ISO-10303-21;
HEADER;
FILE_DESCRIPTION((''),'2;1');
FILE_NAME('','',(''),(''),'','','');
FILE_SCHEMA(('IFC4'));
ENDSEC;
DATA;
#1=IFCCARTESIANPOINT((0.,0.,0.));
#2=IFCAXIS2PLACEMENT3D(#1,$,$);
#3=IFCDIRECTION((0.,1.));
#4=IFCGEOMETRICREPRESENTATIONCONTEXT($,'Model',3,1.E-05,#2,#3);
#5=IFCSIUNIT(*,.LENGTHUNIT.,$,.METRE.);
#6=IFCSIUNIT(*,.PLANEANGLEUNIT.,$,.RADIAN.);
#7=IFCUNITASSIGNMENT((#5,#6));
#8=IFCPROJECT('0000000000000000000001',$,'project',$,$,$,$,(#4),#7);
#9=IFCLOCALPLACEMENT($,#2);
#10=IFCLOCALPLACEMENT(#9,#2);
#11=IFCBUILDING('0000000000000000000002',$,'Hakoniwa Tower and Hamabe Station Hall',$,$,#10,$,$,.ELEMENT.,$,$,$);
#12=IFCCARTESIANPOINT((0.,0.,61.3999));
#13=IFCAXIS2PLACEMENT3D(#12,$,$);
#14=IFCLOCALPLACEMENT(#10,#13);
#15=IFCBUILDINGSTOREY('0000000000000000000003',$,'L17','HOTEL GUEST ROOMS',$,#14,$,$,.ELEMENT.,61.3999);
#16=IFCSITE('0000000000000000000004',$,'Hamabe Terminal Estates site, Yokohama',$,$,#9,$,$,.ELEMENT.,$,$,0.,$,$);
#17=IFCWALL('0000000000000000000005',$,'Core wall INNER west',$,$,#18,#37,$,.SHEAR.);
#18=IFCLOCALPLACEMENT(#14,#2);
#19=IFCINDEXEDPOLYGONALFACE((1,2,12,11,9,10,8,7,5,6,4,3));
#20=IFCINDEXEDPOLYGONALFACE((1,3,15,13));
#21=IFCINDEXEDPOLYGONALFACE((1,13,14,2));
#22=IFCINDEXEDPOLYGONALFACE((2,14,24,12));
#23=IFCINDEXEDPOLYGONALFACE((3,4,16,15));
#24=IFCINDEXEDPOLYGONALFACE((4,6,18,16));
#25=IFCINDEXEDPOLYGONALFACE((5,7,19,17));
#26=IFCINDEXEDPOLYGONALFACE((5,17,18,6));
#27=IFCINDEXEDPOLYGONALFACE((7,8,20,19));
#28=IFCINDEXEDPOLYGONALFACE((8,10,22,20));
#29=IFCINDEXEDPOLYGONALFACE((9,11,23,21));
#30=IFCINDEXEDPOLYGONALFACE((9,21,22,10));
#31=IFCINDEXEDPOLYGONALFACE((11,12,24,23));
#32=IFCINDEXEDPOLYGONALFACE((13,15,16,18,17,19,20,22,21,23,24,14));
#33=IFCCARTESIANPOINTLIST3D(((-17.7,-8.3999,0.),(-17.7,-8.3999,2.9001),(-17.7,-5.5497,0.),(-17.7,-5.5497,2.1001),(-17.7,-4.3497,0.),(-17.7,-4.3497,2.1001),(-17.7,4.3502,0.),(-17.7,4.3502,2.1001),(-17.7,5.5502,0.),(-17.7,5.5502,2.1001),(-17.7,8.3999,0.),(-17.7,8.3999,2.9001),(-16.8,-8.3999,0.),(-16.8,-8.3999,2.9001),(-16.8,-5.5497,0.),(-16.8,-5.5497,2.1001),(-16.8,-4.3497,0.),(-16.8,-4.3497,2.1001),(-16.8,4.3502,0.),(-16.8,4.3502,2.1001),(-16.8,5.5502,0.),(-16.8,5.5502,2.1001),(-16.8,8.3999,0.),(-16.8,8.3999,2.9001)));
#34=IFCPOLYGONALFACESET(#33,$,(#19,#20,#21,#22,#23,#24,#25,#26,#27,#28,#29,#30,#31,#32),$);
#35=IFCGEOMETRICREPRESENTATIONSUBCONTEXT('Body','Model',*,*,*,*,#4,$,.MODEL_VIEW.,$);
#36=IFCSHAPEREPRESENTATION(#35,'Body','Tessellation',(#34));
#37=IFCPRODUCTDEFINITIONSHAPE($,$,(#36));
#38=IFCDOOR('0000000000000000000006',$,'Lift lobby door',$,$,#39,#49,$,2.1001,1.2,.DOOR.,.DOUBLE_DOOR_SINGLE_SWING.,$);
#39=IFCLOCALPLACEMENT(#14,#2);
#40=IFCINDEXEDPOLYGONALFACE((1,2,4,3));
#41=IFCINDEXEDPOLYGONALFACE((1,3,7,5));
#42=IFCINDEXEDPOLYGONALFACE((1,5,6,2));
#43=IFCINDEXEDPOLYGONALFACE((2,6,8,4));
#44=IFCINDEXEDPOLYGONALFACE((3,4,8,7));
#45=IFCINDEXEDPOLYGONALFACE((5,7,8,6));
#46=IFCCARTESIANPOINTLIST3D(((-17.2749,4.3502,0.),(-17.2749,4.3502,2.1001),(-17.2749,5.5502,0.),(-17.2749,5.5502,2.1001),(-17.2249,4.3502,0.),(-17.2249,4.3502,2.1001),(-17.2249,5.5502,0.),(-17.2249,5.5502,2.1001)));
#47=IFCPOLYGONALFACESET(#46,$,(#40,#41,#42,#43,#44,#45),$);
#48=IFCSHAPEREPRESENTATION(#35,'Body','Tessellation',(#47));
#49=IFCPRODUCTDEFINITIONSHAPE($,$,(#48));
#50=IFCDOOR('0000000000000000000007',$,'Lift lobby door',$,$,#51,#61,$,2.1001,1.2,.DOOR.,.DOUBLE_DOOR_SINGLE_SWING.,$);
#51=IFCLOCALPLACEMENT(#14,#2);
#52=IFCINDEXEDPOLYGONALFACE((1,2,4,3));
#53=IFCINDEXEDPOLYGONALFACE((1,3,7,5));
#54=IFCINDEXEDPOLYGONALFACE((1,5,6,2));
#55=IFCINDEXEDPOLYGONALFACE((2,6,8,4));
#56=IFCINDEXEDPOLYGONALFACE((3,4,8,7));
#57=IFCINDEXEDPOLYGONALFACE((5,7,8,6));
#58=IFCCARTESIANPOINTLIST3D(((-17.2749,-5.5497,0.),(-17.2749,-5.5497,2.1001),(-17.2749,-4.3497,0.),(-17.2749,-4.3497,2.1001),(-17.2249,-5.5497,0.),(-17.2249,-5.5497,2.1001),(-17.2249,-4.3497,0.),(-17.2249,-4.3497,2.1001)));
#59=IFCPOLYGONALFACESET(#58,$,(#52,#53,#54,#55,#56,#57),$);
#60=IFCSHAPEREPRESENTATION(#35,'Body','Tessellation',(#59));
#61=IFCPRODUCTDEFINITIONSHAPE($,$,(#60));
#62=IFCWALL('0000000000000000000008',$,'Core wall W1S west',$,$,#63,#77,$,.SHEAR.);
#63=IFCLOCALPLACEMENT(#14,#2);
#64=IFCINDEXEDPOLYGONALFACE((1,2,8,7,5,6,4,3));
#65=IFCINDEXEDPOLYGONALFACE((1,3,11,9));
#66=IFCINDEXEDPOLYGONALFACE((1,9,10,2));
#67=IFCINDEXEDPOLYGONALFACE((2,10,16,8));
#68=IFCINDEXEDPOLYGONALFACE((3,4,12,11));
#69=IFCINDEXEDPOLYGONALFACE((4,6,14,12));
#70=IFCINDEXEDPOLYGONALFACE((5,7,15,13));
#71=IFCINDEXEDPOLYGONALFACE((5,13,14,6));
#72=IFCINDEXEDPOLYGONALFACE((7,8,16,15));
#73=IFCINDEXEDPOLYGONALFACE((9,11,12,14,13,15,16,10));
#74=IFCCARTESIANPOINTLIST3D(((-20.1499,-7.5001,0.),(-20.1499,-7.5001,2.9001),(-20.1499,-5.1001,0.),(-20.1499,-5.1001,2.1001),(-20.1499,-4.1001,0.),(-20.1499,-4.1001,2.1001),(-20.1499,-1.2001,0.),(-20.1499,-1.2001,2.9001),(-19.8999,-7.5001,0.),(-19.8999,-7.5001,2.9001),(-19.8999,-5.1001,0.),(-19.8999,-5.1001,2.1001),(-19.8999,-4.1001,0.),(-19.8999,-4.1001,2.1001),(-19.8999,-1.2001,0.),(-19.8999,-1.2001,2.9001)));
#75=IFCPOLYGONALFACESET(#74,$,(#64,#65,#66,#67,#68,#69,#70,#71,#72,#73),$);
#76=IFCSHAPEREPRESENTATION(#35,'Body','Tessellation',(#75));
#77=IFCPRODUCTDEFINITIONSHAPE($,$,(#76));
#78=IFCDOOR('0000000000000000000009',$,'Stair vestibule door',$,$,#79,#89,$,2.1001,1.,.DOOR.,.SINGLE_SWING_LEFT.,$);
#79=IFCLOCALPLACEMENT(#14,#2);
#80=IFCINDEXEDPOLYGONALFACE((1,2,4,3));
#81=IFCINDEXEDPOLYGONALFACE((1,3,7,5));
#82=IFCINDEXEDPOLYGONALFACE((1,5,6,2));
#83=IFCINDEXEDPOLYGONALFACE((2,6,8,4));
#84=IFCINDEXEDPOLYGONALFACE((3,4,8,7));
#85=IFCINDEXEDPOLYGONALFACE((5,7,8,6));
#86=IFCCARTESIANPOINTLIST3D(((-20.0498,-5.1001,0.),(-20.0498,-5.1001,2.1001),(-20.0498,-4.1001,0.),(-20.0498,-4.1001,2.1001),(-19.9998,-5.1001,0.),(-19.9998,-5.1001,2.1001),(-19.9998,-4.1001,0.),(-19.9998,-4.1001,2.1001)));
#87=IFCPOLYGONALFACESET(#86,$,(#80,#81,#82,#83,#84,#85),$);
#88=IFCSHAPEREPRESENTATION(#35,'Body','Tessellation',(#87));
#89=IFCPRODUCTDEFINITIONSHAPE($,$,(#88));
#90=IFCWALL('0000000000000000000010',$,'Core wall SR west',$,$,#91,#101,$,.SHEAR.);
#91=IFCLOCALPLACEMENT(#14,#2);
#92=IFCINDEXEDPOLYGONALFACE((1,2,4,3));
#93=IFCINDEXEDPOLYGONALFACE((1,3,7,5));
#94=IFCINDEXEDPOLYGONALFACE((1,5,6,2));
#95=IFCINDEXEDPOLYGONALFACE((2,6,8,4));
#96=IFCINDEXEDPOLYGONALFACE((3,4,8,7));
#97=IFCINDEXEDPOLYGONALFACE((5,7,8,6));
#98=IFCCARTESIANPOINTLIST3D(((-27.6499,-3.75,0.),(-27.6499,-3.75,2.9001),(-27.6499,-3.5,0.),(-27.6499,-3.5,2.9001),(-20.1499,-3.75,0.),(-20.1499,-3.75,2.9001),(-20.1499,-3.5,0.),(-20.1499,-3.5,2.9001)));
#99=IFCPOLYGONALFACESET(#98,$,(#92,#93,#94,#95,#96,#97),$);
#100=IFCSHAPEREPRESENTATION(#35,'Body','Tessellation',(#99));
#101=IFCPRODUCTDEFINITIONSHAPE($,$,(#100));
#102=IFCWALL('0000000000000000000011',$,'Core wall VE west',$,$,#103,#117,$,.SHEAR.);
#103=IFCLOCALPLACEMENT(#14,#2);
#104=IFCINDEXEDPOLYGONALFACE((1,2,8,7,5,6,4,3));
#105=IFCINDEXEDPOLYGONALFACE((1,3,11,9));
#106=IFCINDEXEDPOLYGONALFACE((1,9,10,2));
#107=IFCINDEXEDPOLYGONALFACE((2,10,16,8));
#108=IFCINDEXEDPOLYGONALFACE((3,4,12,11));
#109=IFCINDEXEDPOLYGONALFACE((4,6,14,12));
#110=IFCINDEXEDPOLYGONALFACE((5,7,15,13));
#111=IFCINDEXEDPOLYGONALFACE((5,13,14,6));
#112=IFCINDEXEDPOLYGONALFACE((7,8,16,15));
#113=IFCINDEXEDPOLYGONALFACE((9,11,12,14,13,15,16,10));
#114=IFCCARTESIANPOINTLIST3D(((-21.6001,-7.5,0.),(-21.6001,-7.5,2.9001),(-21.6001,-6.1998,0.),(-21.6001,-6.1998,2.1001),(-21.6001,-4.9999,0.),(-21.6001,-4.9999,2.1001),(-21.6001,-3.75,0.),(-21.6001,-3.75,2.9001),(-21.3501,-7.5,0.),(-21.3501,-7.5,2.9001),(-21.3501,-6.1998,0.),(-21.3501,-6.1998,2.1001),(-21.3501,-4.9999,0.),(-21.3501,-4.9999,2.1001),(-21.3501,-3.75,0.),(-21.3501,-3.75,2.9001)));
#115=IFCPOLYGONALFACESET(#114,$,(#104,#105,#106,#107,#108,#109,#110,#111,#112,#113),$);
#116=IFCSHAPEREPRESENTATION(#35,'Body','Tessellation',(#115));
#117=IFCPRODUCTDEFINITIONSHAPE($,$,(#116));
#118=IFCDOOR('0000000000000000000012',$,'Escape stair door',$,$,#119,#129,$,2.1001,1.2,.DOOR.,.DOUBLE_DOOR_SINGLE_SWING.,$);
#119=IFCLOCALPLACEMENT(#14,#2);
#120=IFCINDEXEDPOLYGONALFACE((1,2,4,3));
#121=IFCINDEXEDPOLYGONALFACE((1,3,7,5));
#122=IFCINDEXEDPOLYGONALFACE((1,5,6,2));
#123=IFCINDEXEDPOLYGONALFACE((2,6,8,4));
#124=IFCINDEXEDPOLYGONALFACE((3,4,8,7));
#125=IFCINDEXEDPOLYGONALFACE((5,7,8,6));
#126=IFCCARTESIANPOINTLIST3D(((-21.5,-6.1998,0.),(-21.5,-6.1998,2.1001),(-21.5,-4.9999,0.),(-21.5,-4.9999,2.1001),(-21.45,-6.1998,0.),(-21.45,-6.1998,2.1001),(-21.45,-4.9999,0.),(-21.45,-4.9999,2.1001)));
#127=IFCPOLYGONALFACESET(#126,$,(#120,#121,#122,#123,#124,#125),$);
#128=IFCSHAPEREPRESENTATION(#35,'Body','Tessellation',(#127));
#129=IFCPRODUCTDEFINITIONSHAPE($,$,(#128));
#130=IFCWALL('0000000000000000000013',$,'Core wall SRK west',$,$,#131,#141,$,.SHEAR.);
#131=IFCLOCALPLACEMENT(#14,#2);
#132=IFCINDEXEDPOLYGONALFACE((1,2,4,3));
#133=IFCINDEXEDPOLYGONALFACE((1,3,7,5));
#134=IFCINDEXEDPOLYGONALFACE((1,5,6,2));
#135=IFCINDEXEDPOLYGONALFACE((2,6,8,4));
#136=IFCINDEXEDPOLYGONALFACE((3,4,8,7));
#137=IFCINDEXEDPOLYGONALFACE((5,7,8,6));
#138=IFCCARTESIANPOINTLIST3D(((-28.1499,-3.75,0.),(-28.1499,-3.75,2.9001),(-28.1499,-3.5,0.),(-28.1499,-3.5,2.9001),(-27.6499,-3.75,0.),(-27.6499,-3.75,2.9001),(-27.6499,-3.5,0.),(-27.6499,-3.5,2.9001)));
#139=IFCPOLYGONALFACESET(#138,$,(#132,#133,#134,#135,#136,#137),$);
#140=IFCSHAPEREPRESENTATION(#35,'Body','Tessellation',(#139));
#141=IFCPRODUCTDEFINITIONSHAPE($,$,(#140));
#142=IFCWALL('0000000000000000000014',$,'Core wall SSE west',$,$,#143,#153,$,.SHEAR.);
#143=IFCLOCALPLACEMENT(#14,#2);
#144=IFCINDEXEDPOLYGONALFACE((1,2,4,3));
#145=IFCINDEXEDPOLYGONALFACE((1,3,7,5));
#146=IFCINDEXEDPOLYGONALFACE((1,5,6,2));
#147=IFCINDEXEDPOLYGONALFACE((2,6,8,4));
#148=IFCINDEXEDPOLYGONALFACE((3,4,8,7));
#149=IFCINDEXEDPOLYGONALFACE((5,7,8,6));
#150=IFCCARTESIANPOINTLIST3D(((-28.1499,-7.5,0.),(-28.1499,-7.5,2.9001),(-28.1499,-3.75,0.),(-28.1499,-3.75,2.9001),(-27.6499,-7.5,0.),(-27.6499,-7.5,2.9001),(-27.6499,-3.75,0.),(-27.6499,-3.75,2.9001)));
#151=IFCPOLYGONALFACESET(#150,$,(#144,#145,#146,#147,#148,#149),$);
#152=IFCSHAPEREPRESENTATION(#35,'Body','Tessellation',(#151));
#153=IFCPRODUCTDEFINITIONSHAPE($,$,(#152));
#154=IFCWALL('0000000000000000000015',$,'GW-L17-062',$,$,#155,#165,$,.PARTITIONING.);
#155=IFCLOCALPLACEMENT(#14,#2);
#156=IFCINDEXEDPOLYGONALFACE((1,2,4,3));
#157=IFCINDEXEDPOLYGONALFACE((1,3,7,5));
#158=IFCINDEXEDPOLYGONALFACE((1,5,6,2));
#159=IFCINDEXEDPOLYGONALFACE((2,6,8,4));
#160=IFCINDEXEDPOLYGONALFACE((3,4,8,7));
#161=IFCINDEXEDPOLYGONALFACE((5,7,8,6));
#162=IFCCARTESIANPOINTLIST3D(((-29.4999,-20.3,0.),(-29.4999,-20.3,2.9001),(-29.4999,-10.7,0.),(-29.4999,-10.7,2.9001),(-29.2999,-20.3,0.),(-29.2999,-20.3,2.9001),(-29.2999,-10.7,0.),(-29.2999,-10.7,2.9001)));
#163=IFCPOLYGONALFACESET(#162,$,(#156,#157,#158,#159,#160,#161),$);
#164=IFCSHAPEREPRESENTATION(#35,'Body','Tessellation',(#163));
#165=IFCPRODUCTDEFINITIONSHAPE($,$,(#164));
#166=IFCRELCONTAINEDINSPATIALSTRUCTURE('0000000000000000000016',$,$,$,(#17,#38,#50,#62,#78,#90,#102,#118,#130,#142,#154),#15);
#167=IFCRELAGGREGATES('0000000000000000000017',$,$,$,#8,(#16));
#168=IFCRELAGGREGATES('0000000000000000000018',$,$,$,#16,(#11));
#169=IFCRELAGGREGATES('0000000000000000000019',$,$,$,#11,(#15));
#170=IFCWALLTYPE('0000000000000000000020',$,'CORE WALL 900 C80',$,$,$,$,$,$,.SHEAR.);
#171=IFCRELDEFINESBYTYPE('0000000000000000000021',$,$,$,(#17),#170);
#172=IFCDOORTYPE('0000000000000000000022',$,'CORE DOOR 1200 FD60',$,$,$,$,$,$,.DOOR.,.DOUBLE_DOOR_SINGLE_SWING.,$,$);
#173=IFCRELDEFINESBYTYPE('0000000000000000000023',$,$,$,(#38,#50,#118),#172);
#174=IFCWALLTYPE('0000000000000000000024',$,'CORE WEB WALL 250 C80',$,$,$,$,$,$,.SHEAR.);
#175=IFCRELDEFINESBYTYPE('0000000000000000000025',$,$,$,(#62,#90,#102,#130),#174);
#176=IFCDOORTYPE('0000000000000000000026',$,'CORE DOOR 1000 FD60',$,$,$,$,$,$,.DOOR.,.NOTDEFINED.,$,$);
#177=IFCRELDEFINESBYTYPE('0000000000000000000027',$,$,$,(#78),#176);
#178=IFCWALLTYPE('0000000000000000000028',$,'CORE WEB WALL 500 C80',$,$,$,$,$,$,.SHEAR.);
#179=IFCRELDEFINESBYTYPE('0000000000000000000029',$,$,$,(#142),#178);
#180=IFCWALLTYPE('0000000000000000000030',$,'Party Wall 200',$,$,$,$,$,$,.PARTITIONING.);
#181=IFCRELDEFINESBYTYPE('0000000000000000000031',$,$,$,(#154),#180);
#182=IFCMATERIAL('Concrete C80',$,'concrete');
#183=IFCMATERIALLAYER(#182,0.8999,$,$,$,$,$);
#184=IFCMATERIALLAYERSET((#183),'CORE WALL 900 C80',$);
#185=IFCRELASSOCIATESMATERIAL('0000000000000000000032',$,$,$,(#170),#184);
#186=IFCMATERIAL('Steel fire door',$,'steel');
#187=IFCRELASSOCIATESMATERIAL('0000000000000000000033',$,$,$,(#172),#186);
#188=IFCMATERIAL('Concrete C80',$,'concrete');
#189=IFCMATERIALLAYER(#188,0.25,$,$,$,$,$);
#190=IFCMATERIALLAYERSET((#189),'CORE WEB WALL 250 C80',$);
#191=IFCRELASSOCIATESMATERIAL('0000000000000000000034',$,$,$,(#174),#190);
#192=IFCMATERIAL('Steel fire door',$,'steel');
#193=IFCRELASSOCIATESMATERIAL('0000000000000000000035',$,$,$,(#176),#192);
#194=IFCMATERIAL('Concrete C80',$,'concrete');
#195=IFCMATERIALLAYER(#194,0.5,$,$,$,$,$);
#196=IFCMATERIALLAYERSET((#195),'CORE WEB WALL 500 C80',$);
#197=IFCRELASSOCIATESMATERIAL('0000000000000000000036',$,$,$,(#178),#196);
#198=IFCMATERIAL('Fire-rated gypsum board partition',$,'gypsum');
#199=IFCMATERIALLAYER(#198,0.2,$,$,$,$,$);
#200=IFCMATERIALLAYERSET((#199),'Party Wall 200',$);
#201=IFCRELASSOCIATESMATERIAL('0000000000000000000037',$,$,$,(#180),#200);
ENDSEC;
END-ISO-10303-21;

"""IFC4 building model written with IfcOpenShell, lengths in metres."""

from ifc_helpers import new_model, si_unit, direction, frame, frame_2d, origin, place, context, subcontext, project, spatial, rectangle, extrude, material, layer, layer_set, type_object, element, fill, save


model = new_model("IFC4")

# Units and contexts
model_context = context("Model", 3, precision=1e-05, world=origin(), true_north=direction((0.0, 1.0)))
body_context = subcontext(model_context, "Body", "Model", "MODEL_VIEW")
ifc_project = project(units=[si_unit("LENGTHUNIT", "METRE"), si_unit("PLANEANGLEUNIT", "RADIAN")], contexts=[model_context])

# Site, building, storey
site_placement = place(None, origin())
site = spatial("IfcSite", under=ifc_project, at=site_placement, Name="Hamabe Terminal Estates site, Yokohama", CompositionType="ELEMENT", RefElevation=0.0)
building_placement = place(site_placement, origin())
building = spatial("IfcBuilding", under=site, at=building_placement, Name="Hakoniwa Tower and Hamabe Station Hall", CompositionType="ELEMENT")
storey_placement = place(building_placement, frame((0.0, 0.0, 61.3999)))
storey = spatial("IfcBuildingStorey", under=building, at=storey_placement, Name="L17", Description="HOTEL GUEST ROOMS", CompositionType="ELEMENT", Elevation=61.3999)

# Wall, openings, doors
ifc_material_1 = material(Name="Concrete C80", Category="concrete")
ifc_layer_1 = layer(ifc_material_1, 0.8999)
ifc_layer_set_1 = layer_set([ifc_layer_1], Name="CORE WALL 900 C80")
wall_type_1 = type_object("IfcWallType", Name="CORE WALL 900 C80", PredefinedType="SHEAR", material=ifc_layer_set_1)
wall_1_placement = place(storey_placement, frame((-17.25, -8.3999, 0.0), z_axis=(0.0, 0.0, 1.0), x_axis=(0.0, 1.0, 0.0)))
wall_1 = element("IfcWall", 1, at=wall_1_placement, inside=storey, type_object=wall_type_1, Name="Core wall INNER west", PredefinedType="SHEAR", context=body_context, shape_type="SweptSolid", body=[
    extrude(rectangle(XDim=16.7998, YDim=0.8999, at=frame_2d((8.3999, 0.0))), origin(), (0.0, 0.0, 1.0), 2.9001),
])
opening_1_placement = place(wall_1_placement, frame((12.75, 0.0, 0.0)))
opening_1 = element("IfcOpeningElement", 2, at=opening_1_placement, cuts=wall_1, PredefinedType="OPENING", context=body_context, shape_type="SweptSolid", body=[
    extrude(rectangle(XDim=1.2, YDim=2.1001, at=frame_2d((0.6001, 1.05))), frame((0.0, 0.46, 0.0), z_axis=(0.0, -1.0, 0.0), x_axis=(1.0, 0.0, 0.0)), (0.0, 0.0, 1.0), 0.9199),
])
opening_2_placement = place(wall_1_placement, frame((2.8501, 0.0, 0.0)))
opening_2 = element("IfcOpeningElement", 3, at=opening_2_placement, cuts=wall_1, PredefinedType="OPENING", context=body_context, shape_type="SweptSolid", body=[
    extrude(rectangle(XDim=1.2, YDim=2.1001, at=frame_2d((0.6001, 1.05))), frame((0.0, 0.46, 0.0), z_axis=(0.0, -1.0, 0.0), x_axis=(1.0, 0.0, 0.0)), (0.0, 0.0, 1.0), 0.9199),
])
ifc_material_2 = material(Name="Steel fire door", Category="steel")
door_type_1 = type_object("IfcDoorType", Name="CORE DOOR 1200 FD60", OperationType="DOUBLE_DOOR_SINGLE_SWING", PredefinedType="DOOR", material=ifc_material_2)
door_1_placement = place(opening_1_placement, origin())
door_1 = element("IfcDoor", 4, at=door_1_placement, inside=storey, type_object=door_type_1, Name="Lift lobby door", OperationType="DOUBLE_DOOR_SINGLE_SWING", OverallHeight=2.1001, OverallWidth=1.2, PredefinedType="DOOR", context=body_context, shape_type="SweptSolid", body=[
    extrude(rectangle(XDim=1.2, YDim=2.1001, at=frame_2d((0.6001, 1.05))), frame((0.0, 0.0249, 0.0), z_axis=(0.0, -1.0, 0.0), x_axis=(1.0, 0.0, 0.0)), (0.0, 0.0, 1.0), 0.05),
])
fill(opening_1, door_1)
door_2_placement = place(opening_2_placement, origin())
door_2 = element("IfcDoor", 5, at=door_2_placement, inside=storey, type_object=door_type_1, Name="Lift lobby door", OperationType="DOUBLE_DOOR_SINGLE_SWING", OverallHeight=2.1001, OverallWidth=1.2, PredefinedType="DOOR", context=body_context, shape_type="SweptSolid", body=[
    extrude(rectangle(XDim=1.2, YDim=2.1001, at=frame_2d((0.6001, 1.05))), frame((0.0, 0.0249, 0.0), z_axis=(0.0, -1.0, 0.0), x_axis=(1.0, 0.0, 0.0)), (0.0, 0.0, 1.0), 0.05),
])
fill(opening_2, door_2)

# Wall, opening, door
ifc_material_3 = material(Name="Concrete C80", Category="concrete")
ifc_layer_2 = layer(ifc_material_3, 0.25)
ifc_layer_set_2 = layer_set([ifc_layer_2], Name="CORE WEB WALL 250 C80")
wall_type_2 = type_object("IfcWallType", Name="CORE WEB WALL 250 C80", PredefinedType="SHEAR", material=ifc_layer_set_2)
wall_2_placement = place(storey_placement, frame((-20.0249, -7.5, 0.0), z_axis=(0.0, 0.0, 1.0), x_axis=(0.0, 1.0, 0.0)))
wall_2 = element("IfcWall", 6, at=wall_2_placement, inside=storey, type_object=wall_type_2, Name="Core wall W1S west", PredefinedType="SHEAR", context=body_context, shape_type="SweptSolid", body=[
    extrude(rectangle(XDim=6.3, YDim=0.25, at=frame_2d((3.1499, 0.0))), origin(), (0.0, 0.0, 1.0), 2.9001),
])
opening_3_placement = place(wall_2_placement, frame((2.3999, 0.0, 0.0)))
opening_3 = element("IfcOpeningElement", 7, at=opening_3_placement, cuts=wall_2, PredefinedType="OPENING", context=body_context, shape_type="SweptSolid", body=[
    extrude(rectangle(XDim=1.0, YDim=2.1001, at=frame_2d((0.5, 1.05))), frame((0.0, 0.135, 0.0), z_axis=(0.0, -1.0, 0.0), x_axis=(1.0, 0.0, 0.0)), (0.0, 0.0, 1.0), 0.27),
])
ifc_material_4 = material(Name="Steel fire door", Category="steel")
door_type_2 = type_object("IfcDoorType", Name="CORE DOOR 1000 FD60", OperationType="NOTDEFINED", PredefinedType="DOOR", material=ifc_material_4)
door_3_placement = place(opening_3_placement, origin())
door_3 = element("IfcDoor", 8, at=door_3_placement, inside=storey, type_object=door_type_2, Name="Stair vestibule door", OperationType="SINGLE_SWING_LEFT", OverallHeight=2.1001, OverallWidth=1.0, PredefinedType="DOOR", context=body_context, shape_type="SweptSolid", body=[
    extrude(rectangle(XDim=1.0, YDim=2.1001, at=frame_2d((0.5, 1.05))), frame((0.0, 0.0249, 0.0), z_axis=(0.0, -1.0, 0.0), x_axis=(1.0, 0.0, 0.0)), (0.0, 0.0, 1.0), 0.05),
])
fill(opening_3, door_3)

# Wall
wall_3_placement = place(storey_placement, frame((-27.6499, -3.625, 0.0), z_axis=(0.0, 0.0, 1.0), x_axis=(1.0, 0.0, 0.0)))
element("IfcWall", 9, at=wall_3_placement, inside=storey, type_object=wall_type_2, Name="Core wall SR west", PredefinedType="SHEAR", context=body_context, shape_type="SweptSolid", body=[
    extrude(rectangle(XDim=7.5, YDim=0.25, at=frame_2d((3.75, 0.0))), origin(), (0.0, 0.0, 1.0), 2.9001),
])

# Wall, opening, door
wall_4_placement = place(storey_placement, frame((-21.4751, -7.5, 0.0), z_axis=(0.0, 0.0, 1.0), x_axis=(0.0, 1.0, 0.0)))
wall_4 = element("IfcWall", 10, at=wall_4_placement, inside=storey, type_object=wall_type_2, Name="Core wall VE west", PredefinedType="SHEAR", context=body_context, shape_type="SweptSolid", body=[
    extrude(rectangle(XDim=3.75, YDim=0.25, at=frame_2d((1.875, 0.0))), origin(), (0.0, 0.0, 1.0), 2.9001),
])
opening_4_placement = place(wall_4_placement, frame((1.3, 0.0, 0.0)))
opening_4 = element("IfcOpeningElement", 11, at=opening_4_placement, cuts=wall_4, PredefinedType="OPENING", context=body_context, shape_type="SweptSolid", body=[
    extrude(rectangle(XDim=1.2, YDim=2.1001, at=frame_2d((0.6001, 1.05))), frame((0.0, 0.135, 0.0), z_axis=(0.0, -1.0, 0.0), x_axis=(1.0, 0.0, 0.0)), (0.0, 0.0, 1.0), 0.27),
])
door_4_placement = place(opening_4_placement, origin())
door_4 = element("IfcDoor", 12, at=door_4_placement, inside=storey, type_object=door_type_1, Name="Escape stair door", OperationType="DOUBLE_DOOR_SINGLE_SWING", OverallHeight=2.1001, OverallWidth=1.2, PredefinedType="DOOR", context=body_context, shape_type="SweptSolid", body=[
    extrude(rectangle(XDim=1.2, YDim=2.1001, at=frame_2d((0.6001, 1.05))), frame((0.0, 0.0249, 0.0), z_axis=(0.0, -1.0, 0.0), x_axis=(1.0, 0.0, 0.0)), (0.0, 0.0, 1.0), 0.05),
])
fill(opening_4, door_4)

# Walls
wall_5_placement = place(storey_placement, frame((-28.1499, -3.625, 0.0), z_axis=(0.0, 0.0, 1.0), x_axis=(1.0, 0.0, 0.0)))
element("IfcWall", 13, at=wall_5_placement, inside=storey, type_object=wall_type_2, Name="Core wall SRK west", PredefinedType="SHEAR", context=body_context, shape_type="SweptSolid", body=[
    extrude(rectangle(XDim=0.5, YDim=0.25, at=frame_2d((0.25, 0.0))), origin(), (0.0, 0.0, 1.0), 2.9001),
])
ifc_material_5 = material(Name="Concrete C80", Category="concrete")
ifc_layer_3 = layer(ifc_material_5, 0.5)
ifc_layer_set_3 = layer_set([ifc_layer_3], Name="CORE WEB WALL 500 C80")
wall_type_3 = type_object("IfcWallType", Name="CORE WEB WALL 500 C80", PredefinedType="SHEAR", material=ifc_layer_set_3)
wall_6_placement = place(storey_placement, frame((-27.8999, -7.5, 0.0), z_axis=(0.0, 0.0, 1.0), x_axis=(0.0, 1.0, 0.0)))
element("IfcWall", 14, at=wall_6_placement, inside=storey, type_object=wall_type_3, Name="Core wall SSE west", PredefinedType="SHEAR", context=body_context, shape_type="SweptSolid", body=[
    extrude(rectangle(XDim=3.75, YDim=0.5, at=frame_2d((1.875, 0.0))), origin(), (0.0, 0.0, 1.0), 2.9001),
])
ifc_material_6 = material(Name="Fire-rated gypsum board partition", Category="gypsum")
ifc_layer_4 = layer(ifc_material_6, 0.2)
ifc_layer_set_4 = layer_set([ifc_layer_4], Name="Party Wall 200")
wall_type_4 = type_object("IfcWallType", Name="Party Wall 200", PredefinedType="PARTITIONING", material=ifc_layer_set_4)
for number, where, z_axis, x_axis, name in (
    (15, (-29.3999, -20.3, 0.0), (0.0, 0.0, 1.0), (0.0, 1.0, 0.0), "GW-L17-062"),
):
    element("IfcWall", number, at=place(storey_placement, frame(where, z_axis=z_axis, x_axis=x_axis)), inside=storey, type_object=wall_type_4, Name=name, PredefinedType="PARTITIONING", context=body_context, shape_type="SweptSolid", body=[
        extrude(rectangle(XDim=9.6001, YDim=0.2, at=frame_2d((4.8, 0.0))), origin(), (0.0, 0.0, 1.0), 2.9001),
    ])

save(model, "model.ifc")
